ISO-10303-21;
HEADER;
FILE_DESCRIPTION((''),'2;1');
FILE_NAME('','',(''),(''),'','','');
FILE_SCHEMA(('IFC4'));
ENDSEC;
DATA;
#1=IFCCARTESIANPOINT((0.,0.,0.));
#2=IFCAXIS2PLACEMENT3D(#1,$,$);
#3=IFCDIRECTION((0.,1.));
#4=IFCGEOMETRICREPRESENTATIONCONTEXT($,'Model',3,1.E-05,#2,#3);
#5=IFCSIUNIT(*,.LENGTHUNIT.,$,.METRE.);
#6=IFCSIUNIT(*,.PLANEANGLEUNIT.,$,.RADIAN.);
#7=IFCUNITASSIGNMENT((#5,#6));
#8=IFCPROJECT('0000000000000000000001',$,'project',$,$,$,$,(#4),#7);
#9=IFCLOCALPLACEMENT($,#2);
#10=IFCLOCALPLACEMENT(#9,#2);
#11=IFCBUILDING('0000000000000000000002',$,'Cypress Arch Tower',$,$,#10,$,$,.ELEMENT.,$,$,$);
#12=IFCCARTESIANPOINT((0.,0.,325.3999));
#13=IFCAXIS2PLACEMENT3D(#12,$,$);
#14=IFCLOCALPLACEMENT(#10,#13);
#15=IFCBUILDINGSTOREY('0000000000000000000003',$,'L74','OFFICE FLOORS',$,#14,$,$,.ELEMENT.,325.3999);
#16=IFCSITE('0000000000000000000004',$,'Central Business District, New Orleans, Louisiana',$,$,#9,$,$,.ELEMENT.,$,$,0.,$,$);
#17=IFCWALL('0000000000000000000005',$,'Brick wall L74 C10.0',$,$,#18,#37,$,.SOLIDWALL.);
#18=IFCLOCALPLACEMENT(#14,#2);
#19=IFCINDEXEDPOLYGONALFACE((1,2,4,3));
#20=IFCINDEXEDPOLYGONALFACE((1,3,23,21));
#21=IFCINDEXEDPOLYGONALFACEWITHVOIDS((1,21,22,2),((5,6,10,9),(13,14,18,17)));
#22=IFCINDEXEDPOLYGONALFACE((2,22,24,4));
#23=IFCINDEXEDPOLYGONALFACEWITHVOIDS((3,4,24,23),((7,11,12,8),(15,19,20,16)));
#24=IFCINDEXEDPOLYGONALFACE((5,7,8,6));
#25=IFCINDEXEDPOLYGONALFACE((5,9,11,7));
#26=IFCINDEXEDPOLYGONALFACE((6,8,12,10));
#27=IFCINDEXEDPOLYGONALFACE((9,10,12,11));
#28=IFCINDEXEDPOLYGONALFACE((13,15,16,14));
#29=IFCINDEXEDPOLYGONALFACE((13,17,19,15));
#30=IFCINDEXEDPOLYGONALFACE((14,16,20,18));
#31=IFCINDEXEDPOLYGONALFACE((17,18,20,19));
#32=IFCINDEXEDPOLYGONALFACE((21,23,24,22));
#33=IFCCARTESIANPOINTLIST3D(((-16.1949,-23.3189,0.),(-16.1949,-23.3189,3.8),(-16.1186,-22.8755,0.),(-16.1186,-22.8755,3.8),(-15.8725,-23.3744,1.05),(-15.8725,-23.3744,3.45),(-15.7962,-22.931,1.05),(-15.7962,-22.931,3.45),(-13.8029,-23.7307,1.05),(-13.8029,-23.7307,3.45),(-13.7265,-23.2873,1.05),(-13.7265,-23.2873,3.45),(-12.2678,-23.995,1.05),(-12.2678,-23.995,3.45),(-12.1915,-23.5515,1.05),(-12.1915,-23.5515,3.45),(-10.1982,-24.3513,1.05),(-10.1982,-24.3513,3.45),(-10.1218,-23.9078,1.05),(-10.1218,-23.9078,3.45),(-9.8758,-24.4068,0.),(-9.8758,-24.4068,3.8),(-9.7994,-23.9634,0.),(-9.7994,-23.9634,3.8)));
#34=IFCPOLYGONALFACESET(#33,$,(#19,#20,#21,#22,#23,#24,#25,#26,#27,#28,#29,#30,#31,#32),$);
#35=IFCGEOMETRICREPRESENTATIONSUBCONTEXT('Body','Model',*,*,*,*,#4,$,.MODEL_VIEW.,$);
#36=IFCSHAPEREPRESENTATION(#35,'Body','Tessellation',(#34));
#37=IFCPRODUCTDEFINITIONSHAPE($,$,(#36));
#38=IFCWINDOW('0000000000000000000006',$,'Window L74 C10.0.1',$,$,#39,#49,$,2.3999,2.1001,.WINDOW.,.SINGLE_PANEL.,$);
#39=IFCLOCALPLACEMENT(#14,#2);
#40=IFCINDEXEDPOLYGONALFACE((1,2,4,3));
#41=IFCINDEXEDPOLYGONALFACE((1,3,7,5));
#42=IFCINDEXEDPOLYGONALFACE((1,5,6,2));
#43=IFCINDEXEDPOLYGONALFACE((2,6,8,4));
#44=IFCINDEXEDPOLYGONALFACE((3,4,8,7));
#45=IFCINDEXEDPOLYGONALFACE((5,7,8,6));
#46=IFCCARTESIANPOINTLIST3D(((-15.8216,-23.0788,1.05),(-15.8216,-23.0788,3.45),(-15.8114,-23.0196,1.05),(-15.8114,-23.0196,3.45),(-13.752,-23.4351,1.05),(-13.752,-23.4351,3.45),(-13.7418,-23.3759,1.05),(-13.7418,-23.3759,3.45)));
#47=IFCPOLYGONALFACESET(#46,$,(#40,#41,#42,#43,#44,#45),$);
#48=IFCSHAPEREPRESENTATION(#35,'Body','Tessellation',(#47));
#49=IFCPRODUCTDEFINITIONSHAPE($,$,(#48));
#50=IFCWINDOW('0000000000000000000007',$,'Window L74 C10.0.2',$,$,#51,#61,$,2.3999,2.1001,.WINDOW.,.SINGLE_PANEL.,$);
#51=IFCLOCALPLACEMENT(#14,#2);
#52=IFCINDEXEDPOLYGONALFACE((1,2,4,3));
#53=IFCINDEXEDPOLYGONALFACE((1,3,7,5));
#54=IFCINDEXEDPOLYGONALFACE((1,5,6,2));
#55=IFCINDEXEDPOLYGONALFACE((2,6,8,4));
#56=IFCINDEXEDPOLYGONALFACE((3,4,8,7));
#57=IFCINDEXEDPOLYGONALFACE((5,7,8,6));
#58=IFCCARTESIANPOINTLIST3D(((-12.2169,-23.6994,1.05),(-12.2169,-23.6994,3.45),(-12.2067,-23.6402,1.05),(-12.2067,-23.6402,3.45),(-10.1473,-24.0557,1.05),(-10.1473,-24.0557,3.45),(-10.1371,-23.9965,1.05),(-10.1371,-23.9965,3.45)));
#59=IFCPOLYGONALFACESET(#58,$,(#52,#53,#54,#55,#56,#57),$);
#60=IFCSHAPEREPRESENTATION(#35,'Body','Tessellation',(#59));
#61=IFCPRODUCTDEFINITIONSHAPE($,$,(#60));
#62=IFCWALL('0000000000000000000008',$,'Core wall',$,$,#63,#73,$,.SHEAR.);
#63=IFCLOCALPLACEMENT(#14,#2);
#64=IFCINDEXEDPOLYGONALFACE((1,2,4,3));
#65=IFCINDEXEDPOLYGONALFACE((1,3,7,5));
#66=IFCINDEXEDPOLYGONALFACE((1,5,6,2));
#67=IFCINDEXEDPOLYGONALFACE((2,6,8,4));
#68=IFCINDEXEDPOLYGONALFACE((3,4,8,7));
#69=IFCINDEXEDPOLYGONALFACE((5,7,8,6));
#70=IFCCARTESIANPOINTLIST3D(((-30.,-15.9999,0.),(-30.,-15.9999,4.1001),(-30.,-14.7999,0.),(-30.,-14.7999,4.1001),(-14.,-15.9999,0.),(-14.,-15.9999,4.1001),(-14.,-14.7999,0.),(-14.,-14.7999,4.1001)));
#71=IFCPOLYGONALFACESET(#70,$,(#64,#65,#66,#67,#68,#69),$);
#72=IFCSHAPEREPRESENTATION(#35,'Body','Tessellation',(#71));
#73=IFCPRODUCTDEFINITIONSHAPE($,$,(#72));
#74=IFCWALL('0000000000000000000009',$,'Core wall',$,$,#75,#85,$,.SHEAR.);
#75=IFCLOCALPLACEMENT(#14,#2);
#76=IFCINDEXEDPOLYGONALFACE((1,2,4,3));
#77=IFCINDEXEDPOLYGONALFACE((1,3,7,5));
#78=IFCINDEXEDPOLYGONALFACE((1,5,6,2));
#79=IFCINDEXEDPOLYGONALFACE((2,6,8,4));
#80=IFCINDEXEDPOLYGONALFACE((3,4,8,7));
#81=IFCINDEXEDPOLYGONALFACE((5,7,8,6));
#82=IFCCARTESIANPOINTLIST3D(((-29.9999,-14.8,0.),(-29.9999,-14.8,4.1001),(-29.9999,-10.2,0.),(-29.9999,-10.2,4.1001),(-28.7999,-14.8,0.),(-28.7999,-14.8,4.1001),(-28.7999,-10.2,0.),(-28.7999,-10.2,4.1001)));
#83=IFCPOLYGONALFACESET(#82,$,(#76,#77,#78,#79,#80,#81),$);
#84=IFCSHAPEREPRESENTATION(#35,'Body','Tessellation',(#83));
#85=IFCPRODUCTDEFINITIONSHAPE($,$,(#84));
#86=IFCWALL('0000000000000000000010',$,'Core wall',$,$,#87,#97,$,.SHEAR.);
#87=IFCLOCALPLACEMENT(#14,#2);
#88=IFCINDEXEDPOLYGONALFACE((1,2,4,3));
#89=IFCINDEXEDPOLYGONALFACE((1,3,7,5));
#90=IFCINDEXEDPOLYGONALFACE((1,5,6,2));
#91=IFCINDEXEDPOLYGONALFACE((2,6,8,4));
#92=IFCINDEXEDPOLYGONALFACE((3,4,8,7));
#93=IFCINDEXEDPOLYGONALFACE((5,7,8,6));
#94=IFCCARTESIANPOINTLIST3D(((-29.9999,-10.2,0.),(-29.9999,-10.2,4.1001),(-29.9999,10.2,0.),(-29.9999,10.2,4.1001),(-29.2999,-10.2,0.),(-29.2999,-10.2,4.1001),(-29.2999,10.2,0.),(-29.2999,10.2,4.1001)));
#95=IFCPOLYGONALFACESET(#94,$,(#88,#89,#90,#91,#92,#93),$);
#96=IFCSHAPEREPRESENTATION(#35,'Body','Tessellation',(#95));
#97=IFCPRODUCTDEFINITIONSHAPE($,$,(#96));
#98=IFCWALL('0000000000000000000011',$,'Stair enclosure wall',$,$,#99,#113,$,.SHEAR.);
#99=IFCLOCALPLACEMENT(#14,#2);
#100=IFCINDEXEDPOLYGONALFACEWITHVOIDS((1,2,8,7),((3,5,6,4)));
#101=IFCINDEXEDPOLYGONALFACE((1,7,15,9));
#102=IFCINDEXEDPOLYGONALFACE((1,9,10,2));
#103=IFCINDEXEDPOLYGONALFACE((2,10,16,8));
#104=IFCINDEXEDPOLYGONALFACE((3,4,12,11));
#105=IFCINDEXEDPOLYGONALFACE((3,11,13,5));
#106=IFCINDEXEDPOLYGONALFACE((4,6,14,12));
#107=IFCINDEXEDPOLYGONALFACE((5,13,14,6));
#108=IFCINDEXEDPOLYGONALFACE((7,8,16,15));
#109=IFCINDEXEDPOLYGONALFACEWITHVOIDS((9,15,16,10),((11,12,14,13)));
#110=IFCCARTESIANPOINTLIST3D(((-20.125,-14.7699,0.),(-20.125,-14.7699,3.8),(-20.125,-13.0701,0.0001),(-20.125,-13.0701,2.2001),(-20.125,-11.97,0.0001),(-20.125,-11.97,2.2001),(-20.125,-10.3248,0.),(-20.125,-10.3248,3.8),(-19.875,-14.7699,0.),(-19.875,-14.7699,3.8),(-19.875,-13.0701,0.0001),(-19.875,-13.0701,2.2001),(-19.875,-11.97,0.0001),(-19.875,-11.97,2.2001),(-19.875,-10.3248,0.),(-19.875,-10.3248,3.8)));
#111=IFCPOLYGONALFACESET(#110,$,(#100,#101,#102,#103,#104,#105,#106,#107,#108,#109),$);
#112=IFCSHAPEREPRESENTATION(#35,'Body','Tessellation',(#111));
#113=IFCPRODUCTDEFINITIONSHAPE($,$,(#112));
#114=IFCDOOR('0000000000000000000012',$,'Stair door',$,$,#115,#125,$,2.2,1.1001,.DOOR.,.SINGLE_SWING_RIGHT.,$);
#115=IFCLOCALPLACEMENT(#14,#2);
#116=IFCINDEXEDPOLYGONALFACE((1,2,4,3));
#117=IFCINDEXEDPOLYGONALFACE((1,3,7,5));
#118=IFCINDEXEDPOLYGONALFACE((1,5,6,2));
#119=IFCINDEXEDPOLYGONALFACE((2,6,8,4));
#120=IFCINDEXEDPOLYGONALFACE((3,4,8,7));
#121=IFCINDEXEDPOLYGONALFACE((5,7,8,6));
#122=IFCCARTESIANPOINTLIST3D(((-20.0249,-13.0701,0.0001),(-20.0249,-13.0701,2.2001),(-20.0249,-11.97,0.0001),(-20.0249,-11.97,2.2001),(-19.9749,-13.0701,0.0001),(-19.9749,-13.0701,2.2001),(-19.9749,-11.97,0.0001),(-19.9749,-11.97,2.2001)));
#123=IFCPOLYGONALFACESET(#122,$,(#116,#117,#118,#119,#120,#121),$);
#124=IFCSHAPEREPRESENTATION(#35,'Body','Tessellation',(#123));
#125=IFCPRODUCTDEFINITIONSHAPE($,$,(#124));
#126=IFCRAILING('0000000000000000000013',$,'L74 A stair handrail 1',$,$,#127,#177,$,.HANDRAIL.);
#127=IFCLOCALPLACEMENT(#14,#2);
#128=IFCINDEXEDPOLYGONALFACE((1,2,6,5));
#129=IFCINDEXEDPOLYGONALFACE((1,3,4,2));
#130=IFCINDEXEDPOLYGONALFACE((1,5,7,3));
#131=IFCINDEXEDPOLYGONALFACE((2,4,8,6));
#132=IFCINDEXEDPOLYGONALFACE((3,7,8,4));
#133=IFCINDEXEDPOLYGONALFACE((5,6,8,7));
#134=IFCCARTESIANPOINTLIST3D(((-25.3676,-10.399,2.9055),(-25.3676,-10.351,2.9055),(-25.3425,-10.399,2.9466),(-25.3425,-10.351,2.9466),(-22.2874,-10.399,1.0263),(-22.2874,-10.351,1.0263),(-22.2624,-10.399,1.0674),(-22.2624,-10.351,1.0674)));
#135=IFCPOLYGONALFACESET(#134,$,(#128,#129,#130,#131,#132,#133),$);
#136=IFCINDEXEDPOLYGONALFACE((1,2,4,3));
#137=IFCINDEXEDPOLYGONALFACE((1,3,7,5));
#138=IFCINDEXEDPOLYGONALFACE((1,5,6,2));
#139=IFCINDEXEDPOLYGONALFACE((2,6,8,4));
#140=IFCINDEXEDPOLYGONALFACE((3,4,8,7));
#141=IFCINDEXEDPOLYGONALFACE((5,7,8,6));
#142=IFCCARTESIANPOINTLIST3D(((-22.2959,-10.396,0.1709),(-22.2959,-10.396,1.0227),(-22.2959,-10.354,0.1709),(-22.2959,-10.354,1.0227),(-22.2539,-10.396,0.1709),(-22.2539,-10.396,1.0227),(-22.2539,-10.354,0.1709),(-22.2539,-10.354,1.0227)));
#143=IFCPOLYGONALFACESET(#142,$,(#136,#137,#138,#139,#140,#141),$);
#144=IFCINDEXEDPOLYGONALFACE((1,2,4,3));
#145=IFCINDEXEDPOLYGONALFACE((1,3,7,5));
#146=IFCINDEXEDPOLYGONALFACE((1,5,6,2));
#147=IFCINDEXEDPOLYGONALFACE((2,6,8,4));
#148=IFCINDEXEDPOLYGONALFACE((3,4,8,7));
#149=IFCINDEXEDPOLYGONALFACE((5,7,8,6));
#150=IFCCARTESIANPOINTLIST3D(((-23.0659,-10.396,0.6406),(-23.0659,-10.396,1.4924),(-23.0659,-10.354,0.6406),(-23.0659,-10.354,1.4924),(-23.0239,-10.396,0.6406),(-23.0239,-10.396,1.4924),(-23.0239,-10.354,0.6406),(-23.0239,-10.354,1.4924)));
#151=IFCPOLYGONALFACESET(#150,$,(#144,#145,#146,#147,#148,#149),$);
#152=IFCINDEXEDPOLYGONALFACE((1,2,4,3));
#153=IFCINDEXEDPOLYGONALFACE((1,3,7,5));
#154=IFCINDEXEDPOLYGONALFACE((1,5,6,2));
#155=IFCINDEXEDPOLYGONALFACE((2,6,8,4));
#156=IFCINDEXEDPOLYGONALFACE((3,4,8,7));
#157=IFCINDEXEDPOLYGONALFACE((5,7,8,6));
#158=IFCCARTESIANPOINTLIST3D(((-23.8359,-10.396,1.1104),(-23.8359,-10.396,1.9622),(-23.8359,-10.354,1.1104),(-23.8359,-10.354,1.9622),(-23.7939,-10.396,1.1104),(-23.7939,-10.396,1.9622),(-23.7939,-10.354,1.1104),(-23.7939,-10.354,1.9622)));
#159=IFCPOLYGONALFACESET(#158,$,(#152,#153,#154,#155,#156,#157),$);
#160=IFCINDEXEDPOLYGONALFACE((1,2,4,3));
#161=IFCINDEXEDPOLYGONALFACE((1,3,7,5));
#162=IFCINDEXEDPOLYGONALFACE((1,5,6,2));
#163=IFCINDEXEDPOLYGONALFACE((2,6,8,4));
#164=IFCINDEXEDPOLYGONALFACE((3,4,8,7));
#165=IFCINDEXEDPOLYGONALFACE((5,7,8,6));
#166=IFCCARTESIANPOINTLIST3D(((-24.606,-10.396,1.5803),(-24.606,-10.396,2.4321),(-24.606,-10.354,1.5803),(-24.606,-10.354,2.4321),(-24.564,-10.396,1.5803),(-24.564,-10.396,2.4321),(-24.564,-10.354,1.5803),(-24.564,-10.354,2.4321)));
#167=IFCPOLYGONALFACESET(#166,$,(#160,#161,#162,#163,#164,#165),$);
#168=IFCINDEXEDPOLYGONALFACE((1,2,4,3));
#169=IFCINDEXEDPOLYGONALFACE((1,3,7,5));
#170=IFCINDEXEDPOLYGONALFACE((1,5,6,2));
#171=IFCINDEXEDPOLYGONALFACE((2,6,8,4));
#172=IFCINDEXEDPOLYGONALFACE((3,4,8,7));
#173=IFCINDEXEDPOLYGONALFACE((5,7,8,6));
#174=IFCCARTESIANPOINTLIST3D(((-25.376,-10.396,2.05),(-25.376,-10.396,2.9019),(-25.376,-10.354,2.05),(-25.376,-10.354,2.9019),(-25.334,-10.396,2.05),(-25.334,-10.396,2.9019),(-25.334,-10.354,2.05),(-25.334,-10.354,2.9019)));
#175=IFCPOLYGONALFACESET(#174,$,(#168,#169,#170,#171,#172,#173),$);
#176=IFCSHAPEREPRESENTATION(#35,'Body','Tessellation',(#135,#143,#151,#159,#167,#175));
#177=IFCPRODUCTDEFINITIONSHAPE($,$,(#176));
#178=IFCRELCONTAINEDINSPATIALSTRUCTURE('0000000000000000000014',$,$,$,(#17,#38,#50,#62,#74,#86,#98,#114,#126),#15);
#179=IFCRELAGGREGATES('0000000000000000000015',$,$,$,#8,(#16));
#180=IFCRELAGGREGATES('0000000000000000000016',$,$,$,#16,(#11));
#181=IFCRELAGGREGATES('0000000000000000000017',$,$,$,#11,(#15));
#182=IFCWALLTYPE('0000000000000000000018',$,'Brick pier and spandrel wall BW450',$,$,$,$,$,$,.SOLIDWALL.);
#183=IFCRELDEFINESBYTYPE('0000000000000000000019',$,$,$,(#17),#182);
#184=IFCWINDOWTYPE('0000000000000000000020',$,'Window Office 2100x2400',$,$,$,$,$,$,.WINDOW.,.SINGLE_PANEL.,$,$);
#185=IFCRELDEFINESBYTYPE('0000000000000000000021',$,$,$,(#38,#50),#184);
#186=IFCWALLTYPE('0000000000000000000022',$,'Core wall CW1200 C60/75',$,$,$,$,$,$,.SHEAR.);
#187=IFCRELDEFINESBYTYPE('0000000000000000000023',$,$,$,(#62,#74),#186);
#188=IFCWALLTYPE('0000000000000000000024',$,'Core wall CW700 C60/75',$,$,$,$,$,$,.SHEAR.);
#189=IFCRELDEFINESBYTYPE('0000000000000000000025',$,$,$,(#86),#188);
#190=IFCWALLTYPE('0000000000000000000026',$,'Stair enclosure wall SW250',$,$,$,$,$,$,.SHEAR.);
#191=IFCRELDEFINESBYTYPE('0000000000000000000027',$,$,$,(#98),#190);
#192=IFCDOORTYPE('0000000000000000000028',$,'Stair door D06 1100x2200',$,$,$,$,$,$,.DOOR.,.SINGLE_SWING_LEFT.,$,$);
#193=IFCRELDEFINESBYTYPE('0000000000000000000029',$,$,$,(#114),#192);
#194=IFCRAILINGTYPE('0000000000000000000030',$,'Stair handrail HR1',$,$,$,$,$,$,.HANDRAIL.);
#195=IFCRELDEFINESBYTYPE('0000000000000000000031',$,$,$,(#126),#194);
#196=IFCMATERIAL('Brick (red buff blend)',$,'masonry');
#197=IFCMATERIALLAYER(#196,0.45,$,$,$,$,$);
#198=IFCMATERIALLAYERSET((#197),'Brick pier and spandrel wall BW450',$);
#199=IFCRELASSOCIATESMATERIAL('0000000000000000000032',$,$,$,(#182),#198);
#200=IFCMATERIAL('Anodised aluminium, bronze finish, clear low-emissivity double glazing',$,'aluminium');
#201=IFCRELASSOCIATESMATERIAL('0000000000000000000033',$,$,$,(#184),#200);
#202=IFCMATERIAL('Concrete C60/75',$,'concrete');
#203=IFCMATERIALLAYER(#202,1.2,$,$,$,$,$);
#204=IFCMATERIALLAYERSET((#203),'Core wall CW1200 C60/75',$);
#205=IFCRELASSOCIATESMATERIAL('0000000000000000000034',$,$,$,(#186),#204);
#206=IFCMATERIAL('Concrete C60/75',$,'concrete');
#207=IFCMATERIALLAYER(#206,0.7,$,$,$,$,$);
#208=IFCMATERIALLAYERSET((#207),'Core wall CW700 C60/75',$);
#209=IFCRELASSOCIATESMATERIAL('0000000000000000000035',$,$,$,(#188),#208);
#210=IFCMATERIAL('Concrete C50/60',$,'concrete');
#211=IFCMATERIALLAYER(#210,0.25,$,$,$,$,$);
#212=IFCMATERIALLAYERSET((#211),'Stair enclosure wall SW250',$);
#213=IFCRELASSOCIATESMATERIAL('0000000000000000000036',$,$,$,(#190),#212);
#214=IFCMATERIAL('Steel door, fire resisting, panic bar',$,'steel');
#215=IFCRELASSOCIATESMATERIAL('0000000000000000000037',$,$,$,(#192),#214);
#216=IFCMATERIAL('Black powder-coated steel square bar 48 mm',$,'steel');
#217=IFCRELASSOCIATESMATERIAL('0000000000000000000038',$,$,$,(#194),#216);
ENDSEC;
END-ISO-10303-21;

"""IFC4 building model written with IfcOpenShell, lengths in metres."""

from ifc_helpers import new_model, si_unit, direction, frame, frame_2d, origin, origin_2d, place, context, subcontext, project, spatial, rectangle, extrude, material, layer, layer_set, type_object, element, fill, save


model = new_model("IFC4")

# Units and contexts
model_context = context("Model", 3, precision=1e-05, world=origin(), true_north=direction((0.0, 1.0)))
body_context = subcontext(model_context, "Body", "Model", "MODEL_VIEW")
ifc_project = project(units=[si_unit("LENGTHUNIT", "METRE"), si_unit("PLANEANGLEUNIT", "RADIAN")], contexts=[model_context])

# Site, building, storey
site_placement = place(None, origin())
site = spatial("IfcSite", under=ifc_project, at=site_placement, Name="Central Business District, New Orleans, Louisiana", CompositionType="ELEMENT", RefElevation=0.0)
building_placement = place(site_placement, origin())
building = spatial("IfcBuilding", under=site, at=building_placement, Name="Cypress Arch Tower", CompositionType="ELEMENT")
storey_placement = place(building_placement, frame((0.0, 0.0, 325.3999)))
storey = spatial("IfcBuildingStorey", under=building, at=storey_placement, Name="L74", Description="OFFICE FLOORS", CompositionType="ELEMENT", Elevation=325.3999)

# Wall, openings, windows
ifc_material_1 = material(Name="Brick (red buff blend)", Category="masonry")
ifc_layer_1 = layer(ifc_material_1, 0.45)
ifc_layer_set_1 = layer_set([ifc_layer_1], Name="Brick pier and spandrel wall BW450")
wall_type_1 = type_object("IfcWallType", Name="Brick pier and spandrel wall BW450", PredefinedType="SOLIDWALL", material=ifc_layer_set_1)
ifc_material_2 = material(Name="Anodised aluminium, bronze finish, clear low-emissivity double glazing", Category="aluminium")
window_type = type_object("IfcWindowType", Name="Window Office 2100x2400", PartitioningType="SINGLE_PANEL", PredefinedType="WINDOW", material=ifc_material_2)
wall_1_placement = place(storey_placement, frame((-16.1567, -23.0972, 0.0), z_axis=(0.0, 0.0, 1.0), x_axis=(0.985502, -0.169663, 0.0)))
wall_1 = element("IfcWall", 1, at=wall_1_placement, inside=storey, type_object=wall_type_1, Name="Brick wall L74 C10.0", PredefinedType="SOLIDWALL", context=body_context, shape_type="SweptSolid", body=[
    extrude(rectangle(XDim=6.4121, YDim=0.45, at=frame_2d((3.2061, 0.0))), origin(), (0.0, 0.0, 1.0), 3.8),
])
opening_1_placement = place(wall_1_placement, frame((0.3271, 0.0, 1.05)))
opening_1 = element("IfcOpeningElement", 2, at=opening_1_placement, cuts=wall_1, PredefinedType="OPENING", context=body_context, shape_type="SweptSolid", body=[
    extrude(rectangle(XDim=2.1001, YDim=2.3999, at=frame_2d((1.05, 1.2))), frame((0.0, 0.2349, 0.0), z_axis=(0.0, -1.0, 0.0), x_axis=(1.0, 0.0, 0.0)), (0.0, 0.0, 1.0), 0.47),
])
opening_2_placement = place(wall_1_placement, frame((3.9849, 0.0, 1.05)))
opening_2 = element("IfcOpeningElement", 3, at=opening_2_placement, cuts=wall_1, PredefinedType="OPENING", context=body_context, shape_type="SweptSolid", body=[
    extrude(rectangle(XDim=2.1001, YDim=2.3999, at=frame_2d((1.05, 1.2))), frame((0.0, 0.2349, 0.0), z_axis=(0.0, -1.0, 0.0), x_axis=(1.0, 0.0, 0.0)), (0.0, 0.0, 1.0), 0.47),
])
window_1_placement = place(opening_1_placement, origin())
window_1 = element("IfcWindow", 4, at=window_1_placement, inside=storey, type_object=window_type, Name="Window L74 C10.0.1", OverallHeight=2.3999, OverallWidth=2.1001, PartitioningType="SINGLE_PANEL", PredefinedType="WINDOW", context=body_context, shape_type="SweptSolid", body=[
    extrude(rectangle(XDim=2.1001, YDim=2.3999, at=frame_2d((1.05, 1.2))), frame((0.0, 0.135, 0.0), z_axis=(0.0, -1.0, 0.0), x_axis=(1.0, 0.0, 0.0)), (0.0, 0.0, 1.0), 0.0601),
])
fill(opening_1, window_1)
window_2_placement = place(opening_2_placement, origin())
window_2 = element("IfcWindow", 5, at=window_2_placement, inside=storey, type_object=window_type, Name="Window L74 C10.0.2", OverallHeight=2.3999, OverallWidth=2.1001, PartitioningType="SINGLE_PANEL", PredefinedType="WINDOW", context=body_context, shape_type="SweptSolid", body=[
    extrude(rectangle(XDim=2.1001, YDim=2.3999, at=frame_2d((1.05, 1.2))), frame((0.0, 0.135, 0.0), z_axis=(0.0, -1.0, 0.0), x_axis=(1.0, 0.0, 0.0)), (0.0, 0.0, 1.0), 0.0601),
])
fill(opening_2, window_2)

# Walls
ifc_material_3 = material(Name="Concrete C60/75", Category="concrete")
ifc_layer_2 = layer(ifc_material_3, 1.2)
ifc_layer_set_2 = layer_set([ifc_layer_2], Name="Core wall CW1200 C60/75")
wall_type_2 = type_object("IfcWallType", Name="Core wall CW1200 C60/75", PredefinedType="SHEAR", material=ifc_layer_set_2)
wall_2_placement = place(storey_placement, frame((-30.0, -15.3999, 0.0), z_axis=(0.0, 0.0, 1.0), x_axis=(1.0, 0.0, 0.0)))
element("IfcWall", 6, at=wall_2_placement, inside=storey, type_object=wall_type_2, Name="Core wall", PredefinedType="SHEAR", context=body_context, shape_type="SweptSolid", body=[
    extrude(rectangle(XDim=16.0, YDim=1.2, at=frame_2d((8.0, 0.0))), origin(), (0.0, 0.0, 1.0), 4.1001),
])
wall_3_placement = place(storey_placement, frame((-29.3999, -14.8, 0.0), z_axis=(0.0, 0.0, 1.0), x_axis=(0.0, 1.0, 0.0)))
element("IfcWall", 7, at=wall_3_placement, inside=storey, type_object=wall_type_2, Name="Core wall", PredefinedType="SHEAR", context=body_context, shape_type="SweptSolid", body=[
    extrude(rectangle(XDim=4.6001, YDim=1.2, at=frame_2d((2.3, 0.0))), origin(), (0.0, 0.0, 1.0), 4.1001),
])
ifc_material_4 = material(Name="Concrete C60/75", Category="concrete")
ifc_layer_3 = layer(ifc_material_4, 0.7)
ifc_layer_set_3 = layer_set([ifc_layer_3], Name="Core wall CW700 C60/75")
wall_type_3 = type_object("IfcWallType", Name="Core wall CW700 C60/75", PredefinedType="SHEAR", material=ifc_layer_set_3)
wall_4_placement = place(storey_placement, frame((-29.6499, -10.2, 0.0), z_axis=(0.0, 0.0, 1.0), x_axis=(0.0, 1.0, 0.0)))
element("IfcWall", 8, at=wall_4_placement, inside=storey, type_object=wall_type_3, Name="Core wall", PredefinedType="SHEAR", context=body_context, shape_type="SweptSolid", body=[
    extrude(rectangle(XDim=20.3999, YDim=0.7, at=frame_2d((10.2, 0.0))), origin(), (0.0, 0.0, 1.0), 4.1001),
])

# Wall, opening, door
ifc_material_5 = material(Name="Concrete C50/60", Category="concrete")
ifc_layer_4 = layer(ifc_material_5, 0.25)
ifc_layer_set_4 = layer_set([ifc_layer_4], Name="Stair enclosure wall SW250")
wall_type_4 = type_object("IfcWallType", Name="Stair enclosure wall SW250", PredefinedType="SHEAR", material=ifc_layer_set_4)
wall_5_placement = place(storey_placement, frame((-20.0, -14.77, 0.0), z_axis=(0.0, 0.0, 1.0), x_axis=(0.0, 1.0, 0.0)))
wall_5 = element("IfcWall", 9, at=wall_5_placement, inside=storey, type_object=wall_type_4, Name="Stair enclosure wall", PredefinedType="SHEAR", context=body_context, shape_type="SweptSolid", body=[
    extrude(rectangle(XDim=4.4451, YDim=0.25, at=frame_2d((2.2227, 0.0))), origin(), (0.0, 0.0, 1.0), 3.8),
])
opening_3_placement = place(wall_5_placement, frame((1.7, 0.0, 0.0)))
opening_3 = element("IfcOpeningElement", 10, at=opening_3_placement, cuts=wall_5, PredefinedType="OPENING", context=body_context, shape_type="SweptSolid", body=[
    extrude(rectangle(XDim=1.1001, YDim=2.2, at=frame_2d((0.55, 1.1001))), frame((0.0, 0.135, 0.0), z_axis=(0.0, -1.0, 0.0), x_axis=(1.0, 0.0, 0.0)), (0.0, 0.0, 1.0), 0.27),
])
ifc_material_6 = material(Name="Steel door, fire resisting, panic bar", Category="steel")
door_type = type_object("IfcDoorType", Name="Stair door D06 1100x2200", OperationType="SINGLE_SWING_LEFT", PredefinedType="DOOR", material=ifc_material_6)
door_placement = place(opening_3_placement, origin())
door = element("IfcDoor", 11, at=door_placement, inside=storey, type_object=door_type, Name="Stair door", OperationType="SINGLE_SWING_RIGHT", OverallHeight=2.2, OverallWidth=1.1001, PredefinedType="DOOR", context=body_context, shape_type="SweptSolid", body=[
    extrude(rectangle(XDim=1.1001, YDim=2.2, at=frame_2d((0.55, 1.1001))), frame((0.0, 0.0249, 0.0), z_axis=(0.0, -1.0, 0.0), x_axis=(1.0, 0.0, 0.0)), (0.0, 0.0, 1.0), 0.05),
])
fill(opening_3, door)

# Railing
ifc_material_7 = material(Name="Black powder-coated steel square bar 48 mm", Category="steel")
railing_type_1 = type_object("IfcRailingType", Name="Stair handrail HR1", PredefinedType="HANDRAIL", material=ifc_material_7)
railing_1_placement = place(storey_placement, frame((-22.2749, -10.375, 0.1709)))
element("IfcRailing", 12, at=railing_1_placement, inside=storey, type_object=railing_type_1, Name="L74 A stair handrail 1", PredefinedType="HANDRAIL", context=body_context, shape_type="SweptSolid", body=[
    extrude(rectangle(XDim=0.0481, YDim=0.0481, at=origin_2d()), frame((0.0, 0.0, 0.876), z_axis=(-0.853666, 0.0, 0.52082), x_axis=(0.0, -1.0, 0.0)), (0.0, 0.0, 1.0), 3.6082),
    extrude(rectangle(XDim=0.042, YDim=0.042, at=origin_2d()), origin(), (0.0, 0.0, 1.0), 0.8518),
    extrude(rectangle(XDim=0.042, YDim=0.042, at=origin_2d()), frame((-0.77, 0.0, 0.4697)), (0.0, 0.0, 1.0), 0.8518),
    extrude(rectangle(XDim=0.042, YDim=0.042, at=origin_2d()), frame((-1.54, 0.0, 0.9395)), (0.0, 0.0, 1.0), 0.8518),
    extrude(rectangle(XDim=0.042, YDim=0.042, at=origin_2d()), frame((-2.3101, 0.0, 1.4094)), (0.0, 0.0, 1.0), 0.8518),
    extrude(rectangle(XDim=0.042, YDim=0.042, at=origin_2d()), frame((-3.0801, 0.0, 1.8792)), (0.0, 0.0, 1.0), 0.8518),
])

save(model, "model.ifc")
